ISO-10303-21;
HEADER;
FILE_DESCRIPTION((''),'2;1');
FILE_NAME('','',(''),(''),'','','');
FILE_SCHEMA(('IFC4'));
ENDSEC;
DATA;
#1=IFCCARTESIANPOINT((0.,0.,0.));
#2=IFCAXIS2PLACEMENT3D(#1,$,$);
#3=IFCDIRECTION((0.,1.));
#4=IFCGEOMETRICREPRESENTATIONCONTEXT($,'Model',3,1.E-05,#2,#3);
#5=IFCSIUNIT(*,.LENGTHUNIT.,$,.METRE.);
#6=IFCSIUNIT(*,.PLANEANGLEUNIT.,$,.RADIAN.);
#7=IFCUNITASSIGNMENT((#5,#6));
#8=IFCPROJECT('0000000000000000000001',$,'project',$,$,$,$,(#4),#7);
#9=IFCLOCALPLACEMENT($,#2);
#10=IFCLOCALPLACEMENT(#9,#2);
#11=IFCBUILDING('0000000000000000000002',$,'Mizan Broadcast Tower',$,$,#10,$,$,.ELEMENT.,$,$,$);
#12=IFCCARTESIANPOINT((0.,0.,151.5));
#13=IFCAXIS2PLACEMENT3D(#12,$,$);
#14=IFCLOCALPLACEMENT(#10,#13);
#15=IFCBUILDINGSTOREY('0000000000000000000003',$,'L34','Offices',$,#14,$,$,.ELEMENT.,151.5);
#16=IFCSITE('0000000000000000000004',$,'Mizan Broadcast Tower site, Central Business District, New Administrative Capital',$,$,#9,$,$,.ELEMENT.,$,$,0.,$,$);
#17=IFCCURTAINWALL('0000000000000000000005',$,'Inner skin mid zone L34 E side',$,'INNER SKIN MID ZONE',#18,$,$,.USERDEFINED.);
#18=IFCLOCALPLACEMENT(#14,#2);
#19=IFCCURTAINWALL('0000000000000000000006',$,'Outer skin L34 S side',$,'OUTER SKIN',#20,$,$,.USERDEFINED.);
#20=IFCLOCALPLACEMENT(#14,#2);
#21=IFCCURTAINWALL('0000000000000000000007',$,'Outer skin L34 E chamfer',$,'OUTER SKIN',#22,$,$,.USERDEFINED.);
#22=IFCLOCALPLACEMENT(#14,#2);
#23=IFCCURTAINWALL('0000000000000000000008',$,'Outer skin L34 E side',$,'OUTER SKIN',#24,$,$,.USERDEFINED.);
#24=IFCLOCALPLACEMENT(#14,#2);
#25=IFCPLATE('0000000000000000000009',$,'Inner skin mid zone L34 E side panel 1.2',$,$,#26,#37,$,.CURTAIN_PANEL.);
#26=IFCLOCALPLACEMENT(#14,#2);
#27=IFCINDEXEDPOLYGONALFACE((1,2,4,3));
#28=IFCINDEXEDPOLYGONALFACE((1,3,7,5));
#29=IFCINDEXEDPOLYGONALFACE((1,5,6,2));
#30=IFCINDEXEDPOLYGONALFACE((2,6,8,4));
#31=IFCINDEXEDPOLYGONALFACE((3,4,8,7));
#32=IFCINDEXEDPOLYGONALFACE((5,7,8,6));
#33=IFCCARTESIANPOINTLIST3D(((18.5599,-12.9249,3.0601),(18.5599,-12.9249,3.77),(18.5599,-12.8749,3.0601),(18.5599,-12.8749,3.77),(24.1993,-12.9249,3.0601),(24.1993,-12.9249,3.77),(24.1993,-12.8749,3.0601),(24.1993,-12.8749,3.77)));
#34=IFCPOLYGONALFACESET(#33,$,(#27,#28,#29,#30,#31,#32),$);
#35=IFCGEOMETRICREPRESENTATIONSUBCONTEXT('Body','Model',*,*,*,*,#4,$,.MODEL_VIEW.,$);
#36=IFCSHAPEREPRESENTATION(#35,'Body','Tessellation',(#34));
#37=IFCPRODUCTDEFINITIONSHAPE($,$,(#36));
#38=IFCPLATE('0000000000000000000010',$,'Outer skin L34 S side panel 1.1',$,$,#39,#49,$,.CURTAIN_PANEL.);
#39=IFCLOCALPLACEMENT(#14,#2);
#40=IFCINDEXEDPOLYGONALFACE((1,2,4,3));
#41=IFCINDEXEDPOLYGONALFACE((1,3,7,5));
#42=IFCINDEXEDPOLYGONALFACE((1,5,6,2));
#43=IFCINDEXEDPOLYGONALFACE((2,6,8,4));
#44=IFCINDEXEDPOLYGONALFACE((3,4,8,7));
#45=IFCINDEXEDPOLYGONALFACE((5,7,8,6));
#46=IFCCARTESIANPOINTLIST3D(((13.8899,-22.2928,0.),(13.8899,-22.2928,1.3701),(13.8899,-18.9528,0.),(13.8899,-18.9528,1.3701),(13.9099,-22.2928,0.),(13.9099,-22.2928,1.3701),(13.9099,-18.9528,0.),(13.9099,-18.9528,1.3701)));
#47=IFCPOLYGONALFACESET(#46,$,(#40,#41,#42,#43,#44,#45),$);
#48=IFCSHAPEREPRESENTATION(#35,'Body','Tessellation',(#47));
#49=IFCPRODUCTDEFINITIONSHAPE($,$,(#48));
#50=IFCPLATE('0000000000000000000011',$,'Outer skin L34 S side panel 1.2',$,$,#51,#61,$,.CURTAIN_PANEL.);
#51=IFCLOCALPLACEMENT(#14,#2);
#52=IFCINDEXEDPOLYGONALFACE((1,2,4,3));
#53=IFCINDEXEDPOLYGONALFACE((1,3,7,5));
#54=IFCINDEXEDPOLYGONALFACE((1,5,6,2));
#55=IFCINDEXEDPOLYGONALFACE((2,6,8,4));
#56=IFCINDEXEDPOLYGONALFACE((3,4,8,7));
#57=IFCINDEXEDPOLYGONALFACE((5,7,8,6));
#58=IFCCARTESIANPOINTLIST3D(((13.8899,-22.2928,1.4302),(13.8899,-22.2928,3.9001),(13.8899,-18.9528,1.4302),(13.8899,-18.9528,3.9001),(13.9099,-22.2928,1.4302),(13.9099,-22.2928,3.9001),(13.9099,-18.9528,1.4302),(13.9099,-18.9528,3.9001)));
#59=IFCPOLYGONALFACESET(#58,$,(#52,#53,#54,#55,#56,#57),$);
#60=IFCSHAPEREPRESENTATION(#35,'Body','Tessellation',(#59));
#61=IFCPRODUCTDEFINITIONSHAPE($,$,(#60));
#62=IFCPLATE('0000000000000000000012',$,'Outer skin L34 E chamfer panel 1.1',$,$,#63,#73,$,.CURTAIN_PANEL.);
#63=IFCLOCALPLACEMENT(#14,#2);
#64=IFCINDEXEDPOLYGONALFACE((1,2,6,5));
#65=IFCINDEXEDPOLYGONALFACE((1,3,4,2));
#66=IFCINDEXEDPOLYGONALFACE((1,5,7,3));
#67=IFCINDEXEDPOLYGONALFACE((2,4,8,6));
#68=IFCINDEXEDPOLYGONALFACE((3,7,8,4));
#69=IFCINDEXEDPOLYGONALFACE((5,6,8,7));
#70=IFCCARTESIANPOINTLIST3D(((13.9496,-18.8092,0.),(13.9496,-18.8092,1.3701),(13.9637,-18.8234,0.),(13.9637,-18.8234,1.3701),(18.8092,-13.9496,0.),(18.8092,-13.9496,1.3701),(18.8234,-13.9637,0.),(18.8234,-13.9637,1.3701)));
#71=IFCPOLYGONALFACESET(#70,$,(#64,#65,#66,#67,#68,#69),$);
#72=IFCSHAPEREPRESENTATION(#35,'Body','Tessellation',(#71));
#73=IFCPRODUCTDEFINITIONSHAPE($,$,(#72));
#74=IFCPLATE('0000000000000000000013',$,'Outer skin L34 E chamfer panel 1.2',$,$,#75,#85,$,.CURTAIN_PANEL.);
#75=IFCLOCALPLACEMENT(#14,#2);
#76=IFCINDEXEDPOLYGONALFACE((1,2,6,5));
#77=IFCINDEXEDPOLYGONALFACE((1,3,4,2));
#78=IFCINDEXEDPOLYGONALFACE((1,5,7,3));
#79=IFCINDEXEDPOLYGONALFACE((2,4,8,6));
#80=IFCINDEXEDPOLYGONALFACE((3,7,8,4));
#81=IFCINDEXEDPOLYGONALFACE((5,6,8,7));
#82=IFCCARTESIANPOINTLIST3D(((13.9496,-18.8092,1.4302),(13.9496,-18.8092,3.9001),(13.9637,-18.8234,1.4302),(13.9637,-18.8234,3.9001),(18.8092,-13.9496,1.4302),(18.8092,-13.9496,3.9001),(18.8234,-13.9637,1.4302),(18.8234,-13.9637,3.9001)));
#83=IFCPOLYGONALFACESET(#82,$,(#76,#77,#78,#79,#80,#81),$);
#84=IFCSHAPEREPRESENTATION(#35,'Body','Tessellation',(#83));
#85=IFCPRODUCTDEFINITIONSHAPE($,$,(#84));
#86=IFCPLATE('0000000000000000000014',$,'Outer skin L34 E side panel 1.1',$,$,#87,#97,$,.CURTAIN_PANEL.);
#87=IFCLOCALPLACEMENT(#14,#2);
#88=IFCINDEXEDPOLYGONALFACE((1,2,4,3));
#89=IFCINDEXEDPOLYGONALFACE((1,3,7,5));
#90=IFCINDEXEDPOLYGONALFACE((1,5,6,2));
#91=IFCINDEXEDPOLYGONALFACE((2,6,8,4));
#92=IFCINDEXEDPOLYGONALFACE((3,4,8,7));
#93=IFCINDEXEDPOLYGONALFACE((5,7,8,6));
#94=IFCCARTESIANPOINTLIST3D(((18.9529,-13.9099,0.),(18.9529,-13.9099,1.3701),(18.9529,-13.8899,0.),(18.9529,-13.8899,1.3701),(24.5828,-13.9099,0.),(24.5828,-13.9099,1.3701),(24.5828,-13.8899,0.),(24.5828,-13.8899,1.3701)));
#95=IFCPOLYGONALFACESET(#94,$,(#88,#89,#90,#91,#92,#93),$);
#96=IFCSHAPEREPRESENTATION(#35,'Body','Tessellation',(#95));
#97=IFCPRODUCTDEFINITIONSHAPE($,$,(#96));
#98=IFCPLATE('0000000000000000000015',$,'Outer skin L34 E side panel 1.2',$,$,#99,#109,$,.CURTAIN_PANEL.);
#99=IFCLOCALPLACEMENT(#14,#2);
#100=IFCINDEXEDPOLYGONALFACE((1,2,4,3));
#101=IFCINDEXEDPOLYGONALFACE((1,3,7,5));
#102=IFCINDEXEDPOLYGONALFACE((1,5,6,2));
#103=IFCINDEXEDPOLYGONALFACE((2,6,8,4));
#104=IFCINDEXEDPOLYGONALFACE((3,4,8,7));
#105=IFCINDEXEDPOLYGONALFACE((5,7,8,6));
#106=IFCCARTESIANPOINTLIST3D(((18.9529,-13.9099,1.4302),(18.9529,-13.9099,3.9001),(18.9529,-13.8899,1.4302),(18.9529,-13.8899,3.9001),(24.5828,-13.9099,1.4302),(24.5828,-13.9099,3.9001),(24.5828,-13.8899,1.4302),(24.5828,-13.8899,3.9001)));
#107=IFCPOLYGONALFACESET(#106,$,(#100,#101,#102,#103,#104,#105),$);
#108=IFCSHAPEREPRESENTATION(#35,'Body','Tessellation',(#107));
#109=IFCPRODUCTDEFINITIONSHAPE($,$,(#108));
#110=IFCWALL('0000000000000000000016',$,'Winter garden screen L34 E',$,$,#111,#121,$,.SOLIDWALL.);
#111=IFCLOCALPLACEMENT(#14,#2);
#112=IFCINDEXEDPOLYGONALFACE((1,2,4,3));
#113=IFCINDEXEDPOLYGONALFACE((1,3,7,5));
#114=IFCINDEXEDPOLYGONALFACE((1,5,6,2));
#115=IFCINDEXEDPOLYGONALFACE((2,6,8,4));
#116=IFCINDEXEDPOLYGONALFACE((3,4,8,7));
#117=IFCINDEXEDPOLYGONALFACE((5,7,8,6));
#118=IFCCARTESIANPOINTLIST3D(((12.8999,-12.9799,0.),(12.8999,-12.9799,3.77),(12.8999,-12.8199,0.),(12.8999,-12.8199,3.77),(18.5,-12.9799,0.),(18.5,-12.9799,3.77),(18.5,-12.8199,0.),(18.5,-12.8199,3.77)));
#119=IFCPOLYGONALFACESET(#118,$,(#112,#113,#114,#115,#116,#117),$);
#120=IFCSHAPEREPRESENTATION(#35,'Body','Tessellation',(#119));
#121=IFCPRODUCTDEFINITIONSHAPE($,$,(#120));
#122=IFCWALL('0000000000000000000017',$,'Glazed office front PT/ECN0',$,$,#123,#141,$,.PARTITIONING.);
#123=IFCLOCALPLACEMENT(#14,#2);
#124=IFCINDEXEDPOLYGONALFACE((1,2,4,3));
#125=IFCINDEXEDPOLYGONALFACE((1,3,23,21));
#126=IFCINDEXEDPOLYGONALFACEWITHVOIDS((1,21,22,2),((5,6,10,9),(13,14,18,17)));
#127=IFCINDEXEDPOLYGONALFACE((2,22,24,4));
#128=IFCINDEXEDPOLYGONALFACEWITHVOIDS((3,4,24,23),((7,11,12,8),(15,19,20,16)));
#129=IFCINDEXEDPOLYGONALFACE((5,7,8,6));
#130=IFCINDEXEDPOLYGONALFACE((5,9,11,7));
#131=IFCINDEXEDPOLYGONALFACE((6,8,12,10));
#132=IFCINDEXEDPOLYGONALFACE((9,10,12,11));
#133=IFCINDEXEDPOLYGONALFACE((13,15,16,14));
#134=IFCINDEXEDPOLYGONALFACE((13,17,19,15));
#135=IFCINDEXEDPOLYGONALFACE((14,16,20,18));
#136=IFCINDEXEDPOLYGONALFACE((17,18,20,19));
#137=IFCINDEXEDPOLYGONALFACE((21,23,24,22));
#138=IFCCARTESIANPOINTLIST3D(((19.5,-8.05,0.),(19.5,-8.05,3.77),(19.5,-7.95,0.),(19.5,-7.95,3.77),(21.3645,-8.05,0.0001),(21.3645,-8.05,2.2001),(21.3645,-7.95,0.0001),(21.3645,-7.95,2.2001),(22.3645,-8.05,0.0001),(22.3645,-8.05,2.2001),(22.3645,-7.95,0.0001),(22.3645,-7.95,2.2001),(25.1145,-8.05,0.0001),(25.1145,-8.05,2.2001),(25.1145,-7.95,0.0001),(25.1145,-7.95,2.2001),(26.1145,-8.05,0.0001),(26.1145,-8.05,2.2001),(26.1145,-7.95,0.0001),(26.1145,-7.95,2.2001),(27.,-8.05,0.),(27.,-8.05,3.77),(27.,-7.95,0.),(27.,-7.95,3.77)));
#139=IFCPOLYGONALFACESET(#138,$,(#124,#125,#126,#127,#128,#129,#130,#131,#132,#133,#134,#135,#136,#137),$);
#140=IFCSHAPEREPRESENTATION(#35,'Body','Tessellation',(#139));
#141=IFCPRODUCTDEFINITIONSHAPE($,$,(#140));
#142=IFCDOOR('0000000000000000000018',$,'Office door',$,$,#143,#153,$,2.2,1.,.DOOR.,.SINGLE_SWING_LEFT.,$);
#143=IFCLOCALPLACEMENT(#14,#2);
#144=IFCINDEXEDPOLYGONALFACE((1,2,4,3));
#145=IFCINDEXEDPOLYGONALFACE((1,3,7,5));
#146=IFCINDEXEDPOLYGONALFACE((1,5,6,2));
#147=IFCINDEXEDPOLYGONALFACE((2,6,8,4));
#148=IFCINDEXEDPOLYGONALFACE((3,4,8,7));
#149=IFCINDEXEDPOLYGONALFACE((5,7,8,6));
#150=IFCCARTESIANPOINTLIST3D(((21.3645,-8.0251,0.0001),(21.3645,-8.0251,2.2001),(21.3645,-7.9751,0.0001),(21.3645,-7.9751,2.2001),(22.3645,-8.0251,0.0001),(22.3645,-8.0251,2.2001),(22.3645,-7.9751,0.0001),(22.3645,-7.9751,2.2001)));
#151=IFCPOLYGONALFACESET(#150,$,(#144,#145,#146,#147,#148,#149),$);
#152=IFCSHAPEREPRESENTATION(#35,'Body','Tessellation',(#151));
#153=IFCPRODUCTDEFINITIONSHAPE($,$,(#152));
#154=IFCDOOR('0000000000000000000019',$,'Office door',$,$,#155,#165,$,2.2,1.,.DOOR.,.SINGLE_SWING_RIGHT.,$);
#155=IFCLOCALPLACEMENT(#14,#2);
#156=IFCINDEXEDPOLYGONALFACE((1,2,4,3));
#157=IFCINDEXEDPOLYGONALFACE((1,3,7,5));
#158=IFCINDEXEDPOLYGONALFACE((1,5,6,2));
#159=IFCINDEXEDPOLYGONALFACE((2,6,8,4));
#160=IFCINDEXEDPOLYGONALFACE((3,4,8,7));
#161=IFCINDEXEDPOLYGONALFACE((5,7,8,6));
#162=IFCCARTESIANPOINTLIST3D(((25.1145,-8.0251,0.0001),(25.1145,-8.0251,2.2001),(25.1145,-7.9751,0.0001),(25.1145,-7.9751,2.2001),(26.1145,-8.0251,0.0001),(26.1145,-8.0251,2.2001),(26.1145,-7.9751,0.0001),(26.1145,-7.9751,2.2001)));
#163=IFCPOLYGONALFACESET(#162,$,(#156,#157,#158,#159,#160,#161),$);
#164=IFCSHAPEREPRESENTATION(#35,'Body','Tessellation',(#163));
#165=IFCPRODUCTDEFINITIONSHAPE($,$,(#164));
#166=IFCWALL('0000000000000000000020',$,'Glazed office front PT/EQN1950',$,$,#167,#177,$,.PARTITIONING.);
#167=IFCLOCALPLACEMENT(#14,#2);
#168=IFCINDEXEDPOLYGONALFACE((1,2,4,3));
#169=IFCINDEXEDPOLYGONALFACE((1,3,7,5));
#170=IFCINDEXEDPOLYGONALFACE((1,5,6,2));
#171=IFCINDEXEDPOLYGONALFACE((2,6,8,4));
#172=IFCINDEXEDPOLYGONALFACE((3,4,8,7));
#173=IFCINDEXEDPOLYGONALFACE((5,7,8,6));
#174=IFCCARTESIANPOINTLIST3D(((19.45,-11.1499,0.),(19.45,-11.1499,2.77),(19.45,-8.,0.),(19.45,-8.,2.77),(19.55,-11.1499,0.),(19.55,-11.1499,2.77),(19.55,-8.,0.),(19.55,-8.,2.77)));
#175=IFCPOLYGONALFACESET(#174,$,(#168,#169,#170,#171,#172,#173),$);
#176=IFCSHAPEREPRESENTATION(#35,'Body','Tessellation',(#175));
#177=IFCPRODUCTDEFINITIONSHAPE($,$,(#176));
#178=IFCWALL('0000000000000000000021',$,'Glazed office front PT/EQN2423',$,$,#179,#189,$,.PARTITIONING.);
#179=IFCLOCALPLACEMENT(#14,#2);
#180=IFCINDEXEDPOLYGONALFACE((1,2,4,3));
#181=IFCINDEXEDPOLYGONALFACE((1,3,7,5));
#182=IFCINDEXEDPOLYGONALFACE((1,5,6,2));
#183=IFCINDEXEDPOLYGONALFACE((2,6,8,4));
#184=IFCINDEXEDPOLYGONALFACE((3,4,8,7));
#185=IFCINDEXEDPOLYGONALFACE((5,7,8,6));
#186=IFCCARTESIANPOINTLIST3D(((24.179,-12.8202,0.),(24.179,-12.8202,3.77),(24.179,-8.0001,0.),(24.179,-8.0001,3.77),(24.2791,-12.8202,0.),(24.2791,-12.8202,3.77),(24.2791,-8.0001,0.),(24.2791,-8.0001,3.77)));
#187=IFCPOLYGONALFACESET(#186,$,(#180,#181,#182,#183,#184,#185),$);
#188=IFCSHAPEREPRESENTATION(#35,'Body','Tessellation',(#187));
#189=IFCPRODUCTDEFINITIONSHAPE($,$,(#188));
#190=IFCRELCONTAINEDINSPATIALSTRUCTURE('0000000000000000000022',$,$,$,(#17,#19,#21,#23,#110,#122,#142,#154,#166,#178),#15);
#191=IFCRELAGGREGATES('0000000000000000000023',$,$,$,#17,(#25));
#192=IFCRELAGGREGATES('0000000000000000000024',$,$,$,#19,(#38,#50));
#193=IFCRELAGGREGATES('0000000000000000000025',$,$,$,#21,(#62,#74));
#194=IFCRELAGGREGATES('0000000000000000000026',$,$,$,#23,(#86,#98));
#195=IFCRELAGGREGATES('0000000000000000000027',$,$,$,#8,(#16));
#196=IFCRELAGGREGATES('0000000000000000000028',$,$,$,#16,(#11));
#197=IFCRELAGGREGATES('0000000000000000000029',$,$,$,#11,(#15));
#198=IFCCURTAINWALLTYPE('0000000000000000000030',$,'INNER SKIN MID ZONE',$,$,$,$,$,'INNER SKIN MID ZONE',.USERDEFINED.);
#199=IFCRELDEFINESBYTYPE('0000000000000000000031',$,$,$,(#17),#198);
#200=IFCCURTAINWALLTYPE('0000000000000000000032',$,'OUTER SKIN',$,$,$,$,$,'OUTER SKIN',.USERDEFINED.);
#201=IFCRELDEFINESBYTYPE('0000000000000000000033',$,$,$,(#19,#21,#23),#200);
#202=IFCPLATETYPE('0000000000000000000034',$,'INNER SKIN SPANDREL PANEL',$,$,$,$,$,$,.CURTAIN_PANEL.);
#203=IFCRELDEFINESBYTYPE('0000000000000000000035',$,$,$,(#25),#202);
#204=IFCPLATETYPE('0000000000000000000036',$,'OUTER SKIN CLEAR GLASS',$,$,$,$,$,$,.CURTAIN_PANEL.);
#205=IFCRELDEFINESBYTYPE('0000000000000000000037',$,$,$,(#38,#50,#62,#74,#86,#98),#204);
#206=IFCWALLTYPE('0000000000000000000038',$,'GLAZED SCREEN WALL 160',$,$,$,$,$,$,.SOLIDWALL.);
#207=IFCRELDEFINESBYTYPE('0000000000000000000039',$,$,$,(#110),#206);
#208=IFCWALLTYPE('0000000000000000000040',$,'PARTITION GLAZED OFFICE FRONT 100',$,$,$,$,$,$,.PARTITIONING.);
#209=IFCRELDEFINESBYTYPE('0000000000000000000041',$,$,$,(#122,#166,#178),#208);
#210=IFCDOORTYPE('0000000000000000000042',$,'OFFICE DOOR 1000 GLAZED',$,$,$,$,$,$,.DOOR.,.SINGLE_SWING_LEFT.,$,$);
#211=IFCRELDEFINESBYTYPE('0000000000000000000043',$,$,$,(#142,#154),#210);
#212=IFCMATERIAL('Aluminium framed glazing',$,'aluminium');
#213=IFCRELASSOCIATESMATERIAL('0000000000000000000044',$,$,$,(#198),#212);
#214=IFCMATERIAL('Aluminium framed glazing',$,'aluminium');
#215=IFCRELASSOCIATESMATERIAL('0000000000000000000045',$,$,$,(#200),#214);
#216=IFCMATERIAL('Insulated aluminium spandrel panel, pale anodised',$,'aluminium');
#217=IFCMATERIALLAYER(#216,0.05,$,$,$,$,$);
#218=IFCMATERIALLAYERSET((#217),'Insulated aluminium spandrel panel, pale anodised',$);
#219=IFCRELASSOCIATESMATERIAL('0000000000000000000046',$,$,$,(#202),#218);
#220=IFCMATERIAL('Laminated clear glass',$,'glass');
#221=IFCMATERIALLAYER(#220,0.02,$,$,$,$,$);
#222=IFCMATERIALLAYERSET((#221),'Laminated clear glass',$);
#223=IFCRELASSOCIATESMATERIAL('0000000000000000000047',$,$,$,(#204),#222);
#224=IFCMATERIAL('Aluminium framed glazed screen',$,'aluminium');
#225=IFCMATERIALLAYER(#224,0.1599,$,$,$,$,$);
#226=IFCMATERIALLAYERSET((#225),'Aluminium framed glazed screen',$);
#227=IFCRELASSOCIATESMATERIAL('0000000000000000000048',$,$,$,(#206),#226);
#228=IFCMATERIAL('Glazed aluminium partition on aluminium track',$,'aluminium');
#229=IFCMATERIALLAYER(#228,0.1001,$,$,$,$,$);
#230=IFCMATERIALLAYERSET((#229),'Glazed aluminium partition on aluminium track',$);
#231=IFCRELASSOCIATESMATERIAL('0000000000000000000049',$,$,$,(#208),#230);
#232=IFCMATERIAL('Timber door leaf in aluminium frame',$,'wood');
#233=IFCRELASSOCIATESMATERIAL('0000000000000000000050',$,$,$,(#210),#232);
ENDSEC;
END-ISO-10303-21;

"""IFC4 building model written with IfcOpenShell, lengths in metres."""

from ifc_helpers import new_model, si_unit, direction, frame, frame_2d, origin, origin_2d, place, context, subcontext, project, spatial, rectangle, extrude, material, layer, layer_set, type_object, element, fill, aggregate, save


model = new_model("IFC4")

# Units and contexts
model_context = context("Model", 3, precision=1e-05, world=origin(), true_north=direction((0.0, 1.0)))
body_context = subcontext(model_context, "Body", "Model", "MODEL_VIEW")
ifc_project = project(units=[si_unit("LENGTHUNIT", "METRE"), si_unit("PLANEANGLEUNIT", "RADIAN")], contexts=[model_context])

# Site, building, storey
site_placement = place(None, origin())
site = spatial("IfcSite", under=ifc_project, at=site_placement, Name="Mizan Broadcast Tower site, Central Business District, New Administrative Capital", CompositionType="ELEMENT", RefElevation=0.0)
building_placement = place(site_placement, origin())
building = spatial("IfcBuilding", under=site, at=building_placement, Name="Mizan Broadcast Tower", CompositionType="ELEMENT")
storey_placement = place(building_placement, frame((0.0, 0.0, 151.5)))
storey = spatial("IfcBuildingStorey", under=building, at=storey_placement, Name="L34", Description="Offices", CompositionType="ELEMENT", Elevation=151.5)

# Curtain wall
ifc_material_1 = material(Name="Aluminium framed glazing", Category="aluminium")
curtain_wall_type_1 = type_object("IfcCurtainWallType", Name="INNER SKIN MID ZONE", ElementType="INNER SKIN MID ZONE", PredefinedType="USERDEFINED", material=ifc_material_1)
curtain_wall_1_placement = place(storey_placement, origin())
curtain_wall_1 = element("IfcCurtainWall", 1, at=curtain_wall_1_placement, inside=storey, type_object=curtain_wall_type_1, Name="Inner skin mid zone L34 E side", ObjectType="INNER SKIN MID ZONE", PredefinedType="USERDEFINED")

# Curtain walls
ifc_material_2 = material(Name="Aluminium framed glazing", Category="aluminium")
curtain_wall_type_2 = type_object("IfcCurtainWallType", Name="OUTER SKIN", ElementType="OUTER SKIN", PredefinedType="USERDEFINED", material=ifc_material_2)
curtain_wall_2_placement = place(storey_placement, origin())
curtain_wall_2 = element("IfcCurtainWall", 2, at=curtain_wall_2_placement, inside=storey, type_object=curtain_wall_type_2, Name="Outer skin L34 S side", ObjectType="OUTER SKIN", PredefinedType="USERDEFINED")
curtain_wall_3_placement = place(storey_placement, origin())
curtain_wall_3 = element("IfcCurtainWall", 3, at=curtain_wall_3_placement, inside=storey, type_object=curtain_wall_type_2, Name="Outer skin L34 E chamfer", ObjectType="OUTER SKIN", PredefinedType="USERDEFINED")
curtain_wall_4_placement = place(storey_placement, origin())
curtain_wall_4 = element("IfcCurtainWall", 4, at=curtain_wall_4_placement, inside=storey, type_object=curtain_wall_type_2, Name="Outer skin L34 E side", ObjectType="OUTER SKIN", PredefinedType="USERDEFINED")

# Plates
ifc_material_3 = material(Name="Insulated aluminium spandrel panel, pale anodised", Category="aluminium")
ifc_layer_1 = layer(ifc_material_3, 0.05)
ifc_layer_set_1 = layer_set([ifc_layer_1], Name="Insulated aluminium spandrel panel, pale anodised")
plate_type_1 = type_object("IfcPlateType", Name="INNER SKIN SPANDREL PANEL", PredefinedType="CURTAIN_PANEL", material=ifc_layer_set_1)
plate_1_placement = place(storey_placement, frame((21.3796, -12.8999, 3.0601), z_axis=(0.0, 0.0, 1.0), x_axis=(1.0, 0.0, 0.0)))
plate_1 = element("IfcPlate", 5, at=plate_1_placement, type_object=plate_type_1, Name="Inner skin mid zone L34 E side panel 1.2", PredefinedType="CURTAIN_PANEL", context=body_context, shape_type="SweptSolid", body=[
    extrude(rectangle(XDim=5.6394, YDim=0.05, at=origin_2d()), origin(), (0.0, 0.0, 1.0), 0.71),
])
aggregate(curtain_wall_1, [plate_1])
ifc_material_4 = material(Name="Laminated clear glass", Category="glass")
ifc_layer_2 = layer(ifc_material_4, 0.02)
ifc_layer_set_2 = layer_set([ifc_layer_2], Name="Laminated clear glass")
plate_type_2 = type_object("IfcPlateType", Name="OUTER SKIN CLEAR GLASS", PredefinedType="CURTAIN_PANEL", material=ifc_layer_set_2)
plate_2_placement = place(storey_placement, frame((13.8999, -20.6228, 0.0), z_axis=(0.0, 0.0, 1.0), x_axis=(0.0, 1.0, 0.0)))
plate_2 = element("IfcPlate", 6, at=plate_2_placement, type_object=plate_type_2, Name="Outer skin L34 S side panel 1.1", PredefinedType="CURTAIN_PANEL", context=body_context, shape_type="SweptSolid", body=[
    extrude(rectangle(XDim=3.3401, YDim=0.02, at=origin_2d()), origin(), (0.0, 0.0, 1.0), 1.3701),
])
plate_3_placement = place(storey_placement, frame((13.8999, -20.6228, 1.4302), z_axis=(0.0, 0.0, 1.0), x_axis=(0.0, 1.0, 0.0)))
plate_3 = element("IfcPlate", 7, at=plate_3_placement, type_object=plate_type_2, Name="Outer skin L34 S side panel 1.2", PredefinedType="CURTAIN_PANEL", context=body_context, shape_type="SweptSolid", body=[
    extrude(rectangle(XDim=3.3401, YDim=0.02, at=origin_2d()), origin(), (0.0, 0.0, 1.0), 2.47),
])
aggregate(curtain_wall_2, [plate_2, plate_3])
plate_4_placement = place(storey_placement, frame((16.3865, -16.3865, 0.0), z_axis=(0.0, 0.0, 1.0), x_axis=(0.707107, 0.707107, 0.0)))
plate_4 = element("IfcPlate", 8, at=plate_4_placement, type_object=plate_type_2, Name="Outer skin L34 E chamfer panel 1.1", PredefinedType="CURTAIN_PANEL", context=body_context, shape_type="SweptSolid", body=[
    extrude(rectangle(XDim=6.8726, YDim=0.02, at=origin_2d()), origin(), (0.0, 0.0, 1.0), 1.3701),
])
plate_5_placement = place(storey_placement, frame((16.3865, -16.3865, 1.4302), z_axis=(0.0, 0.0, 1.0), x_axis=(0.707107, 0.707107, 0.0)))
plate_5 = element("IfcPlate", 9, at=plate_5_placement, type_object=plate_type_2, Name="Outer skin L34 E chamfer panel 1.2", PredefinedType="CURTAIN_PANEL", context=body_context, shape_type="SweptSolid", body=[
    extrude(rectangle(XDim=6.8726, YDim=0.02, at=origin_2d()), origin(), (0.0, 0.0, 1.0), 2.47),
])
aggregate(curtain_wall_3, [plate_4, plate_5])
plate_6_placement = place(storey_placement, frame((21.7678, -13.8999, 0.0), z_axis=(0.0, 0.0, 1.0), x_axis=(1.0, 0.0, 0.0)))
plate_6 = element("IfcPlate", 10, at=plate_6_placement, type_object=plate_type_2, Name="Outer skin L34 E side panel 1.1", PredefinedType="CURTAIN_PANEL", context=body_context, shape_type="SweptSolid", body=[
    extrude(rectangle(XDim=5.6299, YDim=0.02, at=origin_2d()), origin(), (0.0, 0.0, 1.0), 1.3701),
])
plate_7_placement = place(storey_placement, frame((21.7678, -13.8999, 1.4302), z_axis=(0.0, 0.0, 1.0), x_axis=(1.0, 0.0, 0.0)))
plate_7 = element("IfcPlate", 11, at=plate_7_placement, type_object=plate_type_2, Name="Outer skin L34 E side panel 1.2", PredefinedType="CURTAIN_PANEL", context=body_context, shape_type="SweptSolid", body=[
    extrude(rectangle(XDim=5.6299, YDim=0.02, at=origin_2d()), origin(), (0.0, 0.0, 1.0), 2.47),
])
aggregate(curtain_wall_4, [plate_6, plate_7])

# Wall
ifc_material_5 = material(Name="Aluminium framed glazed screen", Category="aluminium")
ifc_layer_3 = layer(ifc_material_5, 0.1599)
ifc_layer_set_3 = layer_set([ifc_layer_3], Name="Aluminium framed glazed screen")
wall_type_1 = type_object("IfcWallType", Name="GLAZED SCREEN WALL 160", PredefinedType="SOLIDWALL", material=ifc_layer_set_3)
wall_1_placement = place(storey_placement, frame((12.8999, -12.8999, 0.0), z_axis=(0.0, 0.0, 1.0), x_axis=(1.0, 0.0, 0.0)))
element("IfcWall", 12, at=wall_1_placement, inside=storey, type_object=wall_type_1, Name="Winter garden screen L34 E", PredefinedType="SOLIDWALL", context=body_context, shape_type="SweptSolid", body=[
    extrude(rectangle(XDim=5.6001, YDim=0.1599, at=frame_2d((2.8, 0.0))), origin(), (0.0, 0.0, 1.0), 3.77),
])

# Wall, openings, doors
ifc_material_6 = material(Name="Glazed aluminium partition on aluminium track", Category="aluminium")
ifc_layer_4 = layer(ifc_material_6, 0.1001)
ifc_layer_set_4 = layer_set([ifc_layer_4], Name="Glazed aluminium partition on aluminium track")
wall_type_2 = type_object("IfcWallType", Name="PARTITION GLAZED OFFICE FRONT 100", PredefinedType="PARTITIONING", material=ifc_layer_set_4)
wall_2_placement = place(storey_placement, frame((19.5, -8.0, 0.0), z_axis=(0.0, 0.0, 1.0), x_axis=(1.0, 0.0, 0.0)))
wall_2 = element("IfcWall", 13, at=wall_2_placement, inside=storey, type_object=wall_type_2, Name="Glazed office front PT/ECN0", PredefinedType="PARTITIONING", context=body_context, shape_type="SweptSolid", body=[
    extrude(rectangle(XDim=7.5, YDim=0.1001, at=frame_2d((3.75, 0.0))), origin(), (0.0, 0.0, 1.0), 3.77),
])
opening_1_placement = place(wall_2_placement, frame((1.8645, 0.0, 0.0)))
opening_1 = element("IfcOpeningElement", 14, at=opening_1_placement, cuts=wall_2, PredefinedType="OPENING", context=body_context, shape_type="SweptSolid", body=[
    extrude(rectangle(XDim=1.0, YDim=2.2, at=frame_2d((0.5, 1.1001))), frame((0.0, 0.0601, 0.0), z_axis=(0.0, -1.0, 0.0), x_axis=(1.0, 0.0, 0.0)), (0.0, 0.0, 1.0), 0.1201),
])
opening_2_placement = place(wall_2_placement, frame((5.6145, 0.0, 0.0)))
opening_2 = element("IfcOpeningElement", 15, at=opening_2_placement, cuts=wall_2, PredefinedType="OPENING", context=body_context, shape_type="SweptSolid", body=[
    extrude(rectangle(XDim=1.0, YDim=2.2, at=frame_2d((0.5, 1.1001))), frame((0.0, 0.0601, 0.0), z_axis=(0.0, -1.0, 0.0), x_axis=(1.0, 0.0, 0.0)), (0.0, 0.0, 1.0), 0.1201),
])
ifc_material_7 = material(Name="Timber door leaf in aluminium frame", Category="wood")
door_type = type_object("IfcDoorType", Name="OFFICE DOOR 1000 GLAZED", OperationType="SINGLE_SWING_LEFT", PredefinedType="DOOR", material=ifc_material_7)
door_1_placement = place(opening_1_placement, origin())
door_1 = element("IfcDoor", 16, at=door_1_placement, inside=storey, type_object=door_type, Name="Office door", OperationType="SINGLE_SWING_LEFT", OverallHeight=2.2, OverallWidth=1.0, PredefinedType="DOOR", context=body_context, shape_type="SweptSolid", body=[
    extrude(rectangle(XDim=1.0, YDim=2.2, at=frame_2d((0.5, 1.1001))), frame((0.0, 0.0249, 0.0), z_axis=(0.0, -1.0, 0.0), x_axis=(1.0, 0.0, 0.0)), (0.0, 0.0, 1.0), 0.05),
])
fill(opening_1, door_1)
door_2_placement = place(opening_2_placement, origin())
door_2 = element("IfcDoor", 17, at=door_2_placement, inside=storey, type_object=door_type, Name="Office door", OperationType="SINGLE_SWING_RIGHT", OverallHeight=2.2, OverallWidth=1.0, PredefinedType="DOOR", context=body_context, shape_type="SweptSolid", body=[
    extrude(rectangle(XDim=1.0, YDim=2.2, at=frame_2d((0.5, 1.1001))), frame((0.0, 0.0249, 0.0), z_axis=(0.0, -1.0, 0.0), x_axis=(1.0, 0.0, 0.0)), (0.0, 0.0, 1.0), 0.05),
])
fill(opening_2, door_2)

# Walls
wall_3_placement = place(storey_placement, frame((19.5, -8.0, 0.0), z_axis=(0.0, 0.0, 1.0), x_axis=(0.0, -1.0, 0.0)))
element("IfcWall", 18, at=wall_3_placement, inside=storey, type_object=wall_type_2, Name="Glazed office front PT/EQN1950", PredefinedType="PARTITIONING", context=body_context, shape_type="SweptSolid", body=[
    extrude(rectangle(XDim=3.1499, YDim=0.1001, at=frame_2d((1.575, 0.0))), origin(), (0.0, 0.0, 1.0), 2.77),
])
wall_4_placement = place(storey_placement, frame((24.229, -8.0, 0.0), z_axis=(0.0, 0.0, 1.0), x_axis=(0.0, -1.0, 0.0)))
element("IfcWall", 19, at=wall_4_placement, inside=storey, type_object=wall_type_2, Name="Glazed office front PT/EQN2423", PredefinedType="PARTITIONING", context=body_context, shape_type="SweptSolid", body=[
    extrude(rectangle(XDim=4.8201, YDim=0.1001, at=frame_2d((2.4102, 0.0))), origin(), (0.0, 0.0, 1.0), 3.77),
])

save(model, "model.ifc")
